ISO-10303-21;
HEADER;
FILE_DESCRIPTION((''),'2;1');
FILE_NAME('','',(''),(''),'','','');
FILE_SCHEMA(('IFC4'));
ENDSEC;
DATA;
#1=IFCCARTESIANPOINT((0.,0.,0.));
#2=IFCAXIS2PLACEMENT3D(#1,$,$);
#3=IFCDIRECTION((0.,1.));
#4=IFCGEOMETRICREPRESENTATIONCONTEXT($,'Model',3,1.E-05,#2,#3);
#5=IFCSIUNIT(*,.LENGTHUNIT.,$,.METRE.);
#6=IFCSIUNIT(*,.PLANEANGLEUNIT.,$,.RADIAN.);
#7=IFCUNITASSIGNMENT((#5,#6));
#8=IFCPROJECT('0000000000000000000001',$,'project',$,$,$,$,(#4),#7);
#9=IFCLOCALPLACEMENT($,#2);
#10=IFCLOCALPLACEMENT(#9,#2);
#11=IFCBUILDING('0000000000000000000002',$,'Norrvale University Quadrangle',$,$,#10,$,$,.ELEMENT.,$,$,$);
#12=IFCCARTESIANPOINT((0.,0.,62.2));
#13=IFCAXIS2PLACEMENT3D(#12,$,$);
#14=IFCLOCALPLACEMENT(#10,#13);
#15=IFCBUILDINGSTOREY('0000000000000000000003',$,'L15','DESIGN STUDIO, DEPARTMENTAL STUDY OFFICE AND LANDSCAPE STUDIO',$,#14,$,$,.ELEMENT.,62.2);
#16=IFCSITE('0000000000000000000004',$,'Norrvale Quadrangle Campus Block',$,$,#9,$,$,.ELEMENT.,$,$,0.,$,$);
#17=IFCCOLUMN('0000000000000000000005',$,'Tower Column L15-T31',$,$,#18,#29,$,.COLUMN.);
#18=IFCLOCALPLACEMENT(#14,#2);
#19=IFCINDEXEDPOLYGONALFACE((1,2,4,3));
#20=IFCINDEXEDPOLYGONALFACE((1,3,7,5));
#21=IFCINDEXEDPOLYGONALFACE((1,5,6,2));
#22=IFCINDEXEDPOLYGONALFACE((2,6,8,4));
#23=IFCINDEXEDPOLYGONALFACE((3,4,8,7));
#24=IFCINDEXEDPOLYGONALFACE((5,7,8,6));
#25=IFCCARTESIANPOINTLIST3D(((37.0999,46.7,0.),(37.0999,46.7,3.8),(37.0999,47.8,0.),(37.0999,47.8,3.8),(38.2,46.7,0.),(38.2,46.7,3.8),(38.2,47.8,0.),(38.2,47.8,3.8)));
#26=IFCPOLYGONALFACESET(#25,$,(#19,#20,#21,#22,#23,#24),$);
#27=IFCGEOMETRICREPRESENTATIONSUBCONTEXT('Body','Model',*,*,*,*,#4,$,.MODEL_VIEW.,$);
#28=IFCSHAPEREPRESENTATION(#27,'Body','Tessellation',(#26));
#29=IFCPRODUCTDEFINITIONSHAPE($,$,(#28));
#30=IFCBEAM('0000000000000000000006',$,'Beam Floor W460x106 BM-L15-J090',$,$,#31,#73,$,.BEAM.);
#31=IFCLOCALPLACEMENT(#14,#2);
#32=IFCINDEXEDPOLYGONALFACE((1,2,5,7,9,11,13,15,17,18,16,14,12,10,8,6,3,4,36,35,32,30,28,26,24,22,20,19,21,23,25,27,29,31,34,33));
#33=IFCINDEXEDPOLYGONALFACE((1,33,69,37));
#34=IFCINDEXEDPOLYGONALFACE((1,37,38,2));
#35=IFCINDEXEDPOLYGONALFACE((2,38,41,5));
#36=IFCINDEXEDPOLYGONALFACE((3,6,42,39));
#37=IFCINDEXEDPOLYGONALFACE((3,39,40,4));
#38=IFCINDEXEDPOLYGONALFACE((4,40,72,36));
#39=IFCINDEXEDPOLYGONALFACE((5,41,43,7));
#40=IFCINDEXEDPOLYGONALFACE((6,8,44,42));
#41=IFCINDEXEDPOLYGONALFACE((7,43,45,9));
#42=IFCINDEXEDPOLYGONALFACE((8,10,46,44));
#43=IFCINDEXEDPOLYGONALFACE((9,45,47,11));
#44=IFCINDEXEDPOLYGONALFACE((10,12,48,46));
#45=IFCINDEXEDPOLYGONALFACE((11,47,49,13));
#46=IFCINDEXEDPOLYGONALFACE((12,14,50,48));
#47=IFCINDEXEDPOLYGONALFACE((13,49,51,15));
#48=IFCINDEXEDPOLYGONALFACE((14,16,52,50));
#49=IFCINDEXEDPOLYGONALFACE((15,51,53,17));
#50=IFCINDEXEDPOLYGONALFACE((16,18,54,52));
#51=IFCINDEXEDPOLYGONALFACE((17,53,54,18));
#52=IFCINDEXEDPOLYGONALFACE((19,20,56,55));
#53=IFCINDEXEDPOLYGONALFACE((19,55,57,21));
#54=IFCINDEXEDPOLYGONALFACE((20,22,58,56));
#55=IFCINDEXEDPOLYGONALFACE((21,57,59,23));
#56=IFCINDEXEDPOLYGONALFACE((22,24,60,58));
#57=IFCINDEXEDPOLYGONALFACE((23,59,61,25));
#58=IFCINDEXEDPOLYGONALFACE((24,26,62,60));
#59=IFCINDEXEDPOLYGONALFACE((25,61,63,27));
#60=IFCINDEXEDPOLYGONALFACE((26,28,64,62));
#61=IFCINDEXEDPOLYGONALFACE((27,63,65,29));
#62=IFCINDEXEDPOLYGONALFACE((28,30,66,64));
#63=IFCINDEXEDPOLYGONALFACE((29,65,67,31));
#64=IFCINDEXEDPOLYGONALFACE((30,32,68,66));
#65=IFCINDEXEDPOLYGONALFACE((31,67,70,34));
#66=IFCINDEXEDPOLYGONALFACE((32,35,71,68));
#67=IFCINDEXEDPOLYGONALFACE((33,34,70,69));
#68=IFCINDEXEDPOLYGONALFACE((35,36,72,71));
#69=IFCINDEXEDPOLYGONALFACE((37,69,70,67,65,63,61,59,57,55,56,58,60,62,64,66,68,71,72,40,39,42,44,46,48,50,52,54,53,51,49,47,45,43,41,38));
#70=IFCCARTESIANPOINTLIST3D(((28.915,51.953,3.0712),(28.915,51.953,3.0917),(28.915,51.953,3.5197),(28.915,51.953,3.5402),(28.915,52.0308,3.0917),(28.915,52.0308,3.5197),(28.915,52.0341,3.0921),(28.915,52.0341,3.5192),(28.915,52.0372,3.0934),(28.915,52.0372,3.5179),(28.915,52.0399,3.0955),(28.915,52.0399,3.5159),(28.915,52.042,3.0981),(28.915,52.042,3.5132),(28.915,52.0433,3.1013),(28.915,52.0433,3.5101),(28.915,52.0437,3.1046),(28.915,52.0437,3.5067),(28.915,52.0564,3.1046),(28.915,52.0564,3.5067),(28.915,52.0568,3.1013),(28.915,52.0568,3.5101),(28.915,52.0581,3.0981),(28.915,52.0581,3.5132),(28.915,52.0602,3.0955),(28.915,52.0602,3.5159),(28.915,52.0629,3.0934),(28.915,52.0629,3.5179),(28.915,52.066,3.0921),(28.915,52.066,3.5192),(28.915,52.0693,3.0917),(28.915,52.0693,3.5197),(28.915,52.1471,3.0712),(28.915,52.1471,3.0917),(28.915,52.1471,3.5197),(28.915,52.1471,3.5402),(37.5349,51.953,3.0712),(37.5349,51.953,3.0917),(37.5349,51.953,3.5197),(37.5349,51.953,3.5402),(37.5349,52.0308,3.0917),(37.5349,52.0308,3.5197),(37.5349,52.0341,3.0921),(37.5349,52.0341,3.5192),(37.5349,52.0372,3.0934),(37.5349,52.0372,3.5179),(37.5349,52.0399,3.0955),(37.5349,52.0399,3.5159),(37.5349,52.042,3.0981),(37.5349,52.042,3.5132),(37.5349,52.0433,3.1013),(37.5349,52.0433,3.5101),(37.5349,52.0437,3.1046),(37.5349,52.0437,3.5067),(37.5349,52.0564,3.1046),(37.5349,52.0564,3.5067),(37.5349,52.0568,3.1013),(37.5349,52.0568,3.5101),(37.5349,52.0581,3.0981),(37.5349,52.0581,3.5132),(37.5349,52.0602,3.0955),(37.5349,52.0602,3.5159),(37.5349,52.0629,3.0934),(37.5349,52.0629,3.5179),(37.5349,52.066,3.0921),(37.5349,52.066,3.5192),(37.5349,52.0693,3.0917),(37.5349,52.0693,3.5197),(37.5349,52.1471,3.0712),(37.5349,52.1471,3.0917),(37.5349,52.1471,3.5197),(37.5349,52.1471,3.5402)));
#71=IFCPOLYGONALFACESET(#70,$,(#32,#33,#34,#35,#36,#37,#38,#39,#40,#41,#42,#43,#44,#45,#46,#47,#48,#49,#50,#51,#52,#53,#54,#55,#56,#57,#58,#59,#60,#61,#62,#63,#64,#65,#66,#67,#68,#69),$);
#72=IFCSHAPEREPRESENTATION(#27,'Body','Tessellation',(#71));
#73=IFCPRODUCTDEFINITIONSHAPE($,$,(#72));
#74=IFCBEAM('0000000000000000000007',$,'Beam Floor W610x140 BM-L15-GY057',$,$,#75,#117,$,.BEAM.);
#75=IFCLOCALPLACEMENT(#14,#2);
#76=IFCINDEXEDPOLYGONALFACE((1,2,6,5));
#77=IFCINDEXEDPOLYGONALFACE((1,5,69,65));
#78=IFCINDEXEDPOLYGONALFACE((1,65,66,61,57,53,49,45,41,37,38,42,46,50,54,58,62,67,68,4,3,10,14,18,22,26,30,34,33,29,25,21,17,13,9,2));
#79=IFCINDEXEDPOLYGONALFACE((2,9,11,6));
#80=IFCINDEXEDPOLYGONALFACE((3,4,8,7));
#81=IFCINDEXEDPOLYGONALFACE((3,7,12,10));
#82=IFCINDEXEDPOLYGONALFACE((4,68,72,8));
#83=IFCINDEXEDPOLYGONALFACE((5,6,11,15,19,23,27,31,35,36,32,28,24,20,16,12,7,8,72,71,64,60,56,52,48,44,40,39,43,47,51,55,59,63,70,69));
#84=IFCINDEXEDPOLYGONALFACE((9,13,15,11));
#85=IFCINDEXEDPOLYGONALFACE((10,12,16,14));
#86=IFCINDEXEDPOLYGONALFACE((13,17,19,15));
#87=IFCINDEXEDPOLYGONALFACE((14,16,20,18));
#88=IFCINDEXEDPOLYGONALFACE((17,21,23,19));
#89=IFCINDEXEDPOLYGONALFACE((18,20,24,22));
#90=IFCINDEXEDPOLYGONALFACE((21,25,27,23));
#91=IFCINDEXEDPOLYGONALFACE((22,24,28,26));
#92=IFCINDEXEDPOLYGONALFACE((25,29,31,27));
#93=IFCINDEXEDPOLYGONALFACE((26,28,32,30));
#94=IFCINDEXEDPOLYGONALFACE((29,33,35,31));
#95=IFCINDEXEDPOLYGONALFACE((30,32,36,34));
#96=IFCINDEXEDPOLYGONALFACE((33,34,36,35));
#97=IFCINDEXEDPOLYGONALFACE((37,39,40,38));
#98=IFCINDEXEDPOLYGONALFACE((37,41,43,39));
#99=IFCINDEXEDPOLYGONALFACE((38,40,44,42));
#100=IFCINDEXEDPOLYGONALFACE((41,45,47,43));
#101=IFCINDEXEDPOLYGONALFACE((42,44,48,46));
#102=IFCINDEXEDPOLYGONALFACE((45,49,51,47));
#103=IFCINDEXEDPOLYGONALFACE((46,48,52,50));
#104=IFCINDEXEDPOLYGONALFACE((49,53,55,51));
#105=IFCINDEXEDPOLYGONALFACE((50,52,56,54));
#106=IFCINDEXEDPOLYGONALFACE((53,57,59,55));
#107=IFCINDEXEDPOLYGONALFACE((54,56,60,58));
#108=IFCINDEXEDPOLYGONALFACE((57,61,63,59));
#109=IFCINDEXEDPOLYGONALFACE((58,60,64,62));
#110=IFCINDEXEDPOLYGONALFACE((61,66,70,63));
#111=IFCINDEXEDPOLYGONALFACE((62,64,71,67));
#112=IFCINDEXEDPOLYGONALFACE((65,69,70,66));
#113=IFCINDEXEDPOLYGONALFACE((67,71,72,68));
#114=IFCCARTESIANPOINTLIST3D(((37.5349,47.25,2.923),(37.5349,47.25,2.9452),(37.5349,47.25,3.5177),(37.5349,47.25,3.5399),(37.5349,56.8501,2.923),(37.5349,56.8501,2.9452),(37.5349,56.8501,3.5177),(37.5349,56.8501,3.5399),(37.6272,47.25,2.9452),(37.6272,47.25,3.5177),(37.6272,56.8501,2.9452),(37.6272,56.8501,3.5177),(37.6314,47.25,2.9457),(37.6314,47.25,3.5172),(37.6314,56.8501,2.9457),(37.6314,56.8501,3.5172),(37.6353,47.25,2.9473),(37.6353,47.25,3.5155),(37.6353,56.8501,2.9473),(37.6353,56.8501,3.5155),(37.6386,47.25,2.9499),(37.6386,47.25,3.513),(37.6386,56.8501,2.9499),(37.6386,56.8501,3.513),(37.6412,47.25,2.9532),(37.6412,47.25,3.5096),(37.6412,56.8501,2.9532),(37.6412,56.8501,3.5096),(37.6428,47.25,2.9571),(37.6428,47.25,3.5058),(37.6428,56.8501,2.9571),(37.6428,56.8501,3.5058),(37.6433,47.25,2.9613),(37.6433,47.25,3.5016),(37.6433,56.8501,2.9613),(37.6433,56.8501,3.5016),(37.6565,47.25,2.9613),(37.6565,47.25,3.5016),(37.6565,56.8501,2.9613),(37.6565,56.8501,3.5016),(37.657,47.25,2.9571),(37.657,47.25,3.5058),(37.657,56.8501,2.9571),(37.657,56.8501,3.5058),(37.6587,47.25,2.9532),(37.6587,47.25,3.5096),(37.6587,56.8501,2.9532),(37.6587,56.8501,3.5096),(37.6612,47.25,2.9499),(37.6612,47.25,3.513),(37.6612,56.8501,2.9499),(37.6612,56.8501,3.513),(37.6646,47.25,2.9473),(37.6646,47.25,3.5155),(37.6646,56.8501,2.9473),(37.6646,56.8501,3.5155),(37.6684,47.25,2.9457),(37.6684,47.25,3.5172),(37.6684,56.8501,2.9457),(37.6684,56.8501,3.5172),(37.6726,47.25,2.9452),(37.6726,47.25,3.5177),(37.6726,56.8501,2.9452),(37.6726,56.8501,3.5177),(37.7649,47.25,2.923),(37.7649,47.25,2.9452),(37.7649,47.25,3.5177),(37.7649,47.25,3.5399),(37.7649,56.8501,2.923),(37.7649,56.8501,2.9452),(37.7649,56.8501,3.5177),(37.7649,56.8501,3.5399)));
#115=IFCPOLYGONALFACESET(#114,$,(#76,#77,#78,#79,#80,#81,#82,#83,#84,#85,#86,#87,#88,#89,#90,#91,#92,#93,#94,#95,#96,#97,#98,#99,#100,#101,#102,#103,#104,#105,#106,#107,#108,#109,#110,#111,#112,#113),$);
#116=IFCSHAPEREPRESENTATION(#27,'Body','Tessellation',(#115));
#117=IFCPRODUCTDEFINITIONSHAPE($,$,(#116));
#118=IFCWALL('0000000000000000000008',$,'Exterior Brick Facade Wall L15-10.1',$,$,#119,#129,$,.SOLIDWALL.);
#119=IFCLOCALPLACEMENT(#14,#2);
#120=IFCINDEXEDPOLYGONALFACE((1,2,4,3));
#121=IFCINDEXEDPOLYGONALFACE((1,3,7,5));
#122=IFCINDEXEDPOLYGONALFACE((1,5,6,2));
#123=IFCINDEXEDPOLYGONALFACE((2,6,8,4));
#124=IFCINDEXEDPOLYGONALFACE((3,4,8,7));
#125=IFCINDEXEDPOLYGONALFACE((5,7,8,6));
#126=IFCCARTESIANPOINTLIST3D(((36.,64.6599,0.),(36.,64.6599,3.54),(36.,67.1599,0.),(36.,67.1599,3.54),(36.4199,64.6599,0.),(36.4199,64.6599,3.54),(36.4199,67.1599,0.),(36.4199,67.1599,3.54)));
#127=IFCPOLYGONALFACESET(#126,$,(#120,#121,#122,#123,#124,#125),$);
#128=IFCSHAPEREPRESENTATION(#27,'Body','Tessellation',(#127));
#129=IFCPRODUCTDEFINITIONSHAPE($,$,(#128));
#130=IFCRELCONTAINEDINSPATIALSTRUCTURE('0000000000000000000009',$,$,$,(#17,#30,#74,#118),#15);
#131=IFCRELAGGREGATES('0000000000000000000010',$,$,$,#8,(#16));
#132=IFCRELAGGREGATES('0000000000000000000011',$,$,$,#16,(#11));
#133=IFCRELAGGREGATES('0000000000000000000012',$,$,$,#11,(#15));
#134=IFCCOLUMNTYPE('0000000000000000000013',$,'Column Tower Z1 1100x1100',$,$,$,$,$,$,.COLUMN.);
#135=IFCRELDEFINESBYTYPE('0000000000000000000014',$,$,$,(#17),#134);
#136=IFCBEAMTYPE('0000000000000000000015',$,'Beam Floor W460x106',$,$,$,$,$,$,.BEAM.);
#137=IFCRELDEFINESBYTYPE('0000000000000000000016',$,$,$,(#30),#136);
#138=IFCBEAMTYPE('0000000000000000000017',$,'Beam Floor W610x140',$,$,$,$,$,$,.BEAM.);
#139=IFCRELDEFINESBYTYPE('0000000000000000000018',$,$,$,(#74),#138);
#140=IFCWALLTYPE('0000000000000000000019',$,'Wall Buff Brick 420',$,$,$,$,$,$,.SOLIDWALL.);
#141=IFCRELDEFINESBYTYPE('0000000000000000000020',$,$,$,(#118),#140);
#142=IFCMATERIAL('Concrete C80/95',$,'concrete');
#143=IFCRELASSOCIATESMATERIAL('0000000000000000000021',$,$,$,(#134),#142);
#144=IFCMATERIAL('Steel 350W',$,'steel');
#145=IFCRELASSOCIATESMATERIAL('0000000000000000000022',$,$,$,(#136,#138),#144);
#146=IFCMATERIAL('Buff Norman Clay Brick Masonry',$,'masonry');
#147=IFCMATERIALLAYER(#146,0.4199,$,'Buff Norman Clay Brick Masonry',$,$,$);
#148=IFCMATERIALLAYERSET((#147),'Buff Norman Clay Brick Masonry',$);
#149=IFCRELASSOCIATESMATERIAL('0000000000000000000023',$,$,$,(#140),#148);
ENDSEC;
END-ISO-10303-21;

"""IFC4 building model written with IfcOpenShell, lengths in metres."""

from ifc_helpers import new_model, si_unit, direction, frame, frame_2d, origin, origin_2d, place, context, subcontext, project, spatial, rectangle, i_section, extrude, material, layer, layer_set, material_profile, profile_set, type_object, element, save


model = new_model("IFC4")

# Units and contexts
model_context = context("Model", 3, precision=1e-05, world=origin(), true_north=direction((0.0, 1.0)))
body_context = subcontext(model_context, "Body", "Model", "MODEL_VIEW")
ifc_project = project(units=[si_unit("LENGTHUNIT", "METRE"), si_unit("PLANEANGLEUNIT", "RADIAN")], contexts=[model_context])

# Site, building, storey
site_placement = place(None, origin())
site = spatial("IfcSite", under=ifc_project, at=site_placement, Name="Norrvale Quadrangle Campus Block", CompositionType="ELEMENT", RefElevation=0.0)
building_placement = place(site_placement, origin())
building = spatial("IfcBuilding", under=site, at=building_placement, Name="Norrvale University Quadrangle", CompositionType="ELEMENT")
storey_placement = place(building_placement, frame((0.0, 0.0, 62.2)))
storey = spatial("IfcBuildingStorey", under=building, at=storey_placement, Name="L15", Description="DESIGN STUDIO, DEPARTMENTAL STUDY OFFICE AND LANDSCAPE STUDIO", CompositionType="ELEMENT", Elevation=62.2)

# Column
ifc_material_1 = material(Name="Concrete C80/95", Category="concrete")
ifc_material_profile_1 = material_profile(ifc_material_1, rectangle(XDim=1.1001, YDim=1.1001, at=origin_2d()), Name="Concrete C80/95")
ifc_profile_set_1 = profile_set([ifc_material_profile_1], Name="Concrete C80/95")
column_type = type_object("IfcColumnType", Name="Column Tower Z1 1100x1100", PredefinedType="COLUMN", material=ifc_profile_set_1)
column_placement = place(storey_placement, frame((37.6499, 47.25, 0.0), z_axis=(0.0, 0.0, 1.0), x_axis=(1.0, 0.0, 0.0)))
element("IfcColumn", 1, at=column_placement, inside=storey, type_object=column_type, Name="Tower Column L15-T31", PredefinedType="COLUMN", context=body_context, shape_type="SweptSolid", body=[
    extrude(rectangle(XDim=1.1001, YDim=1.1001, at=origin_2d()), origin(), (0.0, 0.0, 1.0), 3.8),
])

# Beams
ifc_material_2 = material(Name="Steel 350W", Category="steel")
ifc_material_profile_2 = material_profile(ifc_material_2, i_section(OverallWidth=0.1941, OverallDepth=0.469, WebThickness=0.0127, FlangeThickness=0.0205, FilletRadius=0.0129, at=origin_2d()), Name="Steel 350W")
ifc_profile_set_2 = profile_set([ifc_material_profile_2], Name="Steel 350W")
beam_type_1 = type_object("IfcBeamType", Name="Beam Floor W460x106", PredefinedType="BEAM", material=ifc_profile_set_2)
beam_1_placement = place(storey_placement, frame((28.915, 52.05, 3.3057), z_axis=(1.0, 0.0, 0.0), x_axis=(0.0, 1.0, 0.0)))
element("IfcBeam", 2, at=beam_1_placement, inside=storey, type_object=beam_type_1, Name="Beam Floor W460x106 BM-L15-J090", PredefinedType="BEAM", context=body_context, shape_type="SweptSolid", body=[
    extrude(i_section(OverallWidth=0.1941, OverallDepth=0.469, WebThickness=0.0127, FlangeThickness=0.0205, FilletRadius=0.0129, at=origin_2d()), origin(), (0.0, 0.0, 1.0), 8.6199),
])
ifc_material_profile_3 = material_profile(ifc_material_2, i_section(OverallWidth=0.23, OverallDepth=0.6169, WebThickness=0.0132, FlangeThickness=0.0222, FilletRadius=0.0161, at=origin_2d()), Name="Steel 350W")
ifc_profile_set_3 = profile_set([ifc_material_profile_3], Name="Steel 350W")
beam_type_2 = type_object("IfcBeamType", Name="Beam Floor W610x140", PredefinedType="BEAM", material=ifc_profile_set_3)
beam_2_placement = place(storey_placement, frame((37.6499, 47.25, 3.2314), z_axis=(0.0, 1.0, 0.0), x_axis=(-1.0, 0.0, 0.0)))
element("IfcBeam", 3, at=beam_2_placement, inside=storey, type_object=beam_type_2, Name="Beam Floor W610x140 BM-L15-GY057", PredefinedType="BEAM", context=body_context, shape_type="SweptSolid", body=[
    extrude(i_section(OverallWidth=0.23, OverallDepth=0.6169, WebThickness=0.0132, FlangeThickness=0.0222, FilletRadius=0.0161, at=origin_2d()), origin(), (0.0, 0.0, 1.0), 9.6001),
])

# Wall
ifc_material_3 = material(Name="Buff Norman Clay Brick Masonry", Category="masonry")
ifc_layer_1 = layer(ifc_material_3, 0.4199, Name="Buff Norman Clay Brick Masonry")
ifc_layer_set_1 = layer_set([ifc_layer_1], Name="Buff Norman Clay Brick Masonry")
wall_type = type_object("IfcWallType", Name="Wall Buff Brick 420", PredefinedType="SOLIDWALL", material=ifc_layer_set_1)
wall_1_placement = place(storey_placement, frame((36.21, 64.6599, 0.0), z_axis=(0.0, 0.0, 1.0), x_axis=(0.0, 1.0, 0.0)))
element("IfcWall", 4, at=wall_1_placement, inside=storey, type_object=wall_type, Name="Exterior Brick Facade Wall L15-10.1", PredefinedType="SOLIDWALL", context=body_context, shape_type="SweptSolid", body=[
    extrude(rectangle(XDim=2.5, YDim=0.4199, at=frame_2d((1.25, 0.0))), origin(), (0.0, 0.0, 1.0), 3.54),
])

save(model, "model.ifc")
